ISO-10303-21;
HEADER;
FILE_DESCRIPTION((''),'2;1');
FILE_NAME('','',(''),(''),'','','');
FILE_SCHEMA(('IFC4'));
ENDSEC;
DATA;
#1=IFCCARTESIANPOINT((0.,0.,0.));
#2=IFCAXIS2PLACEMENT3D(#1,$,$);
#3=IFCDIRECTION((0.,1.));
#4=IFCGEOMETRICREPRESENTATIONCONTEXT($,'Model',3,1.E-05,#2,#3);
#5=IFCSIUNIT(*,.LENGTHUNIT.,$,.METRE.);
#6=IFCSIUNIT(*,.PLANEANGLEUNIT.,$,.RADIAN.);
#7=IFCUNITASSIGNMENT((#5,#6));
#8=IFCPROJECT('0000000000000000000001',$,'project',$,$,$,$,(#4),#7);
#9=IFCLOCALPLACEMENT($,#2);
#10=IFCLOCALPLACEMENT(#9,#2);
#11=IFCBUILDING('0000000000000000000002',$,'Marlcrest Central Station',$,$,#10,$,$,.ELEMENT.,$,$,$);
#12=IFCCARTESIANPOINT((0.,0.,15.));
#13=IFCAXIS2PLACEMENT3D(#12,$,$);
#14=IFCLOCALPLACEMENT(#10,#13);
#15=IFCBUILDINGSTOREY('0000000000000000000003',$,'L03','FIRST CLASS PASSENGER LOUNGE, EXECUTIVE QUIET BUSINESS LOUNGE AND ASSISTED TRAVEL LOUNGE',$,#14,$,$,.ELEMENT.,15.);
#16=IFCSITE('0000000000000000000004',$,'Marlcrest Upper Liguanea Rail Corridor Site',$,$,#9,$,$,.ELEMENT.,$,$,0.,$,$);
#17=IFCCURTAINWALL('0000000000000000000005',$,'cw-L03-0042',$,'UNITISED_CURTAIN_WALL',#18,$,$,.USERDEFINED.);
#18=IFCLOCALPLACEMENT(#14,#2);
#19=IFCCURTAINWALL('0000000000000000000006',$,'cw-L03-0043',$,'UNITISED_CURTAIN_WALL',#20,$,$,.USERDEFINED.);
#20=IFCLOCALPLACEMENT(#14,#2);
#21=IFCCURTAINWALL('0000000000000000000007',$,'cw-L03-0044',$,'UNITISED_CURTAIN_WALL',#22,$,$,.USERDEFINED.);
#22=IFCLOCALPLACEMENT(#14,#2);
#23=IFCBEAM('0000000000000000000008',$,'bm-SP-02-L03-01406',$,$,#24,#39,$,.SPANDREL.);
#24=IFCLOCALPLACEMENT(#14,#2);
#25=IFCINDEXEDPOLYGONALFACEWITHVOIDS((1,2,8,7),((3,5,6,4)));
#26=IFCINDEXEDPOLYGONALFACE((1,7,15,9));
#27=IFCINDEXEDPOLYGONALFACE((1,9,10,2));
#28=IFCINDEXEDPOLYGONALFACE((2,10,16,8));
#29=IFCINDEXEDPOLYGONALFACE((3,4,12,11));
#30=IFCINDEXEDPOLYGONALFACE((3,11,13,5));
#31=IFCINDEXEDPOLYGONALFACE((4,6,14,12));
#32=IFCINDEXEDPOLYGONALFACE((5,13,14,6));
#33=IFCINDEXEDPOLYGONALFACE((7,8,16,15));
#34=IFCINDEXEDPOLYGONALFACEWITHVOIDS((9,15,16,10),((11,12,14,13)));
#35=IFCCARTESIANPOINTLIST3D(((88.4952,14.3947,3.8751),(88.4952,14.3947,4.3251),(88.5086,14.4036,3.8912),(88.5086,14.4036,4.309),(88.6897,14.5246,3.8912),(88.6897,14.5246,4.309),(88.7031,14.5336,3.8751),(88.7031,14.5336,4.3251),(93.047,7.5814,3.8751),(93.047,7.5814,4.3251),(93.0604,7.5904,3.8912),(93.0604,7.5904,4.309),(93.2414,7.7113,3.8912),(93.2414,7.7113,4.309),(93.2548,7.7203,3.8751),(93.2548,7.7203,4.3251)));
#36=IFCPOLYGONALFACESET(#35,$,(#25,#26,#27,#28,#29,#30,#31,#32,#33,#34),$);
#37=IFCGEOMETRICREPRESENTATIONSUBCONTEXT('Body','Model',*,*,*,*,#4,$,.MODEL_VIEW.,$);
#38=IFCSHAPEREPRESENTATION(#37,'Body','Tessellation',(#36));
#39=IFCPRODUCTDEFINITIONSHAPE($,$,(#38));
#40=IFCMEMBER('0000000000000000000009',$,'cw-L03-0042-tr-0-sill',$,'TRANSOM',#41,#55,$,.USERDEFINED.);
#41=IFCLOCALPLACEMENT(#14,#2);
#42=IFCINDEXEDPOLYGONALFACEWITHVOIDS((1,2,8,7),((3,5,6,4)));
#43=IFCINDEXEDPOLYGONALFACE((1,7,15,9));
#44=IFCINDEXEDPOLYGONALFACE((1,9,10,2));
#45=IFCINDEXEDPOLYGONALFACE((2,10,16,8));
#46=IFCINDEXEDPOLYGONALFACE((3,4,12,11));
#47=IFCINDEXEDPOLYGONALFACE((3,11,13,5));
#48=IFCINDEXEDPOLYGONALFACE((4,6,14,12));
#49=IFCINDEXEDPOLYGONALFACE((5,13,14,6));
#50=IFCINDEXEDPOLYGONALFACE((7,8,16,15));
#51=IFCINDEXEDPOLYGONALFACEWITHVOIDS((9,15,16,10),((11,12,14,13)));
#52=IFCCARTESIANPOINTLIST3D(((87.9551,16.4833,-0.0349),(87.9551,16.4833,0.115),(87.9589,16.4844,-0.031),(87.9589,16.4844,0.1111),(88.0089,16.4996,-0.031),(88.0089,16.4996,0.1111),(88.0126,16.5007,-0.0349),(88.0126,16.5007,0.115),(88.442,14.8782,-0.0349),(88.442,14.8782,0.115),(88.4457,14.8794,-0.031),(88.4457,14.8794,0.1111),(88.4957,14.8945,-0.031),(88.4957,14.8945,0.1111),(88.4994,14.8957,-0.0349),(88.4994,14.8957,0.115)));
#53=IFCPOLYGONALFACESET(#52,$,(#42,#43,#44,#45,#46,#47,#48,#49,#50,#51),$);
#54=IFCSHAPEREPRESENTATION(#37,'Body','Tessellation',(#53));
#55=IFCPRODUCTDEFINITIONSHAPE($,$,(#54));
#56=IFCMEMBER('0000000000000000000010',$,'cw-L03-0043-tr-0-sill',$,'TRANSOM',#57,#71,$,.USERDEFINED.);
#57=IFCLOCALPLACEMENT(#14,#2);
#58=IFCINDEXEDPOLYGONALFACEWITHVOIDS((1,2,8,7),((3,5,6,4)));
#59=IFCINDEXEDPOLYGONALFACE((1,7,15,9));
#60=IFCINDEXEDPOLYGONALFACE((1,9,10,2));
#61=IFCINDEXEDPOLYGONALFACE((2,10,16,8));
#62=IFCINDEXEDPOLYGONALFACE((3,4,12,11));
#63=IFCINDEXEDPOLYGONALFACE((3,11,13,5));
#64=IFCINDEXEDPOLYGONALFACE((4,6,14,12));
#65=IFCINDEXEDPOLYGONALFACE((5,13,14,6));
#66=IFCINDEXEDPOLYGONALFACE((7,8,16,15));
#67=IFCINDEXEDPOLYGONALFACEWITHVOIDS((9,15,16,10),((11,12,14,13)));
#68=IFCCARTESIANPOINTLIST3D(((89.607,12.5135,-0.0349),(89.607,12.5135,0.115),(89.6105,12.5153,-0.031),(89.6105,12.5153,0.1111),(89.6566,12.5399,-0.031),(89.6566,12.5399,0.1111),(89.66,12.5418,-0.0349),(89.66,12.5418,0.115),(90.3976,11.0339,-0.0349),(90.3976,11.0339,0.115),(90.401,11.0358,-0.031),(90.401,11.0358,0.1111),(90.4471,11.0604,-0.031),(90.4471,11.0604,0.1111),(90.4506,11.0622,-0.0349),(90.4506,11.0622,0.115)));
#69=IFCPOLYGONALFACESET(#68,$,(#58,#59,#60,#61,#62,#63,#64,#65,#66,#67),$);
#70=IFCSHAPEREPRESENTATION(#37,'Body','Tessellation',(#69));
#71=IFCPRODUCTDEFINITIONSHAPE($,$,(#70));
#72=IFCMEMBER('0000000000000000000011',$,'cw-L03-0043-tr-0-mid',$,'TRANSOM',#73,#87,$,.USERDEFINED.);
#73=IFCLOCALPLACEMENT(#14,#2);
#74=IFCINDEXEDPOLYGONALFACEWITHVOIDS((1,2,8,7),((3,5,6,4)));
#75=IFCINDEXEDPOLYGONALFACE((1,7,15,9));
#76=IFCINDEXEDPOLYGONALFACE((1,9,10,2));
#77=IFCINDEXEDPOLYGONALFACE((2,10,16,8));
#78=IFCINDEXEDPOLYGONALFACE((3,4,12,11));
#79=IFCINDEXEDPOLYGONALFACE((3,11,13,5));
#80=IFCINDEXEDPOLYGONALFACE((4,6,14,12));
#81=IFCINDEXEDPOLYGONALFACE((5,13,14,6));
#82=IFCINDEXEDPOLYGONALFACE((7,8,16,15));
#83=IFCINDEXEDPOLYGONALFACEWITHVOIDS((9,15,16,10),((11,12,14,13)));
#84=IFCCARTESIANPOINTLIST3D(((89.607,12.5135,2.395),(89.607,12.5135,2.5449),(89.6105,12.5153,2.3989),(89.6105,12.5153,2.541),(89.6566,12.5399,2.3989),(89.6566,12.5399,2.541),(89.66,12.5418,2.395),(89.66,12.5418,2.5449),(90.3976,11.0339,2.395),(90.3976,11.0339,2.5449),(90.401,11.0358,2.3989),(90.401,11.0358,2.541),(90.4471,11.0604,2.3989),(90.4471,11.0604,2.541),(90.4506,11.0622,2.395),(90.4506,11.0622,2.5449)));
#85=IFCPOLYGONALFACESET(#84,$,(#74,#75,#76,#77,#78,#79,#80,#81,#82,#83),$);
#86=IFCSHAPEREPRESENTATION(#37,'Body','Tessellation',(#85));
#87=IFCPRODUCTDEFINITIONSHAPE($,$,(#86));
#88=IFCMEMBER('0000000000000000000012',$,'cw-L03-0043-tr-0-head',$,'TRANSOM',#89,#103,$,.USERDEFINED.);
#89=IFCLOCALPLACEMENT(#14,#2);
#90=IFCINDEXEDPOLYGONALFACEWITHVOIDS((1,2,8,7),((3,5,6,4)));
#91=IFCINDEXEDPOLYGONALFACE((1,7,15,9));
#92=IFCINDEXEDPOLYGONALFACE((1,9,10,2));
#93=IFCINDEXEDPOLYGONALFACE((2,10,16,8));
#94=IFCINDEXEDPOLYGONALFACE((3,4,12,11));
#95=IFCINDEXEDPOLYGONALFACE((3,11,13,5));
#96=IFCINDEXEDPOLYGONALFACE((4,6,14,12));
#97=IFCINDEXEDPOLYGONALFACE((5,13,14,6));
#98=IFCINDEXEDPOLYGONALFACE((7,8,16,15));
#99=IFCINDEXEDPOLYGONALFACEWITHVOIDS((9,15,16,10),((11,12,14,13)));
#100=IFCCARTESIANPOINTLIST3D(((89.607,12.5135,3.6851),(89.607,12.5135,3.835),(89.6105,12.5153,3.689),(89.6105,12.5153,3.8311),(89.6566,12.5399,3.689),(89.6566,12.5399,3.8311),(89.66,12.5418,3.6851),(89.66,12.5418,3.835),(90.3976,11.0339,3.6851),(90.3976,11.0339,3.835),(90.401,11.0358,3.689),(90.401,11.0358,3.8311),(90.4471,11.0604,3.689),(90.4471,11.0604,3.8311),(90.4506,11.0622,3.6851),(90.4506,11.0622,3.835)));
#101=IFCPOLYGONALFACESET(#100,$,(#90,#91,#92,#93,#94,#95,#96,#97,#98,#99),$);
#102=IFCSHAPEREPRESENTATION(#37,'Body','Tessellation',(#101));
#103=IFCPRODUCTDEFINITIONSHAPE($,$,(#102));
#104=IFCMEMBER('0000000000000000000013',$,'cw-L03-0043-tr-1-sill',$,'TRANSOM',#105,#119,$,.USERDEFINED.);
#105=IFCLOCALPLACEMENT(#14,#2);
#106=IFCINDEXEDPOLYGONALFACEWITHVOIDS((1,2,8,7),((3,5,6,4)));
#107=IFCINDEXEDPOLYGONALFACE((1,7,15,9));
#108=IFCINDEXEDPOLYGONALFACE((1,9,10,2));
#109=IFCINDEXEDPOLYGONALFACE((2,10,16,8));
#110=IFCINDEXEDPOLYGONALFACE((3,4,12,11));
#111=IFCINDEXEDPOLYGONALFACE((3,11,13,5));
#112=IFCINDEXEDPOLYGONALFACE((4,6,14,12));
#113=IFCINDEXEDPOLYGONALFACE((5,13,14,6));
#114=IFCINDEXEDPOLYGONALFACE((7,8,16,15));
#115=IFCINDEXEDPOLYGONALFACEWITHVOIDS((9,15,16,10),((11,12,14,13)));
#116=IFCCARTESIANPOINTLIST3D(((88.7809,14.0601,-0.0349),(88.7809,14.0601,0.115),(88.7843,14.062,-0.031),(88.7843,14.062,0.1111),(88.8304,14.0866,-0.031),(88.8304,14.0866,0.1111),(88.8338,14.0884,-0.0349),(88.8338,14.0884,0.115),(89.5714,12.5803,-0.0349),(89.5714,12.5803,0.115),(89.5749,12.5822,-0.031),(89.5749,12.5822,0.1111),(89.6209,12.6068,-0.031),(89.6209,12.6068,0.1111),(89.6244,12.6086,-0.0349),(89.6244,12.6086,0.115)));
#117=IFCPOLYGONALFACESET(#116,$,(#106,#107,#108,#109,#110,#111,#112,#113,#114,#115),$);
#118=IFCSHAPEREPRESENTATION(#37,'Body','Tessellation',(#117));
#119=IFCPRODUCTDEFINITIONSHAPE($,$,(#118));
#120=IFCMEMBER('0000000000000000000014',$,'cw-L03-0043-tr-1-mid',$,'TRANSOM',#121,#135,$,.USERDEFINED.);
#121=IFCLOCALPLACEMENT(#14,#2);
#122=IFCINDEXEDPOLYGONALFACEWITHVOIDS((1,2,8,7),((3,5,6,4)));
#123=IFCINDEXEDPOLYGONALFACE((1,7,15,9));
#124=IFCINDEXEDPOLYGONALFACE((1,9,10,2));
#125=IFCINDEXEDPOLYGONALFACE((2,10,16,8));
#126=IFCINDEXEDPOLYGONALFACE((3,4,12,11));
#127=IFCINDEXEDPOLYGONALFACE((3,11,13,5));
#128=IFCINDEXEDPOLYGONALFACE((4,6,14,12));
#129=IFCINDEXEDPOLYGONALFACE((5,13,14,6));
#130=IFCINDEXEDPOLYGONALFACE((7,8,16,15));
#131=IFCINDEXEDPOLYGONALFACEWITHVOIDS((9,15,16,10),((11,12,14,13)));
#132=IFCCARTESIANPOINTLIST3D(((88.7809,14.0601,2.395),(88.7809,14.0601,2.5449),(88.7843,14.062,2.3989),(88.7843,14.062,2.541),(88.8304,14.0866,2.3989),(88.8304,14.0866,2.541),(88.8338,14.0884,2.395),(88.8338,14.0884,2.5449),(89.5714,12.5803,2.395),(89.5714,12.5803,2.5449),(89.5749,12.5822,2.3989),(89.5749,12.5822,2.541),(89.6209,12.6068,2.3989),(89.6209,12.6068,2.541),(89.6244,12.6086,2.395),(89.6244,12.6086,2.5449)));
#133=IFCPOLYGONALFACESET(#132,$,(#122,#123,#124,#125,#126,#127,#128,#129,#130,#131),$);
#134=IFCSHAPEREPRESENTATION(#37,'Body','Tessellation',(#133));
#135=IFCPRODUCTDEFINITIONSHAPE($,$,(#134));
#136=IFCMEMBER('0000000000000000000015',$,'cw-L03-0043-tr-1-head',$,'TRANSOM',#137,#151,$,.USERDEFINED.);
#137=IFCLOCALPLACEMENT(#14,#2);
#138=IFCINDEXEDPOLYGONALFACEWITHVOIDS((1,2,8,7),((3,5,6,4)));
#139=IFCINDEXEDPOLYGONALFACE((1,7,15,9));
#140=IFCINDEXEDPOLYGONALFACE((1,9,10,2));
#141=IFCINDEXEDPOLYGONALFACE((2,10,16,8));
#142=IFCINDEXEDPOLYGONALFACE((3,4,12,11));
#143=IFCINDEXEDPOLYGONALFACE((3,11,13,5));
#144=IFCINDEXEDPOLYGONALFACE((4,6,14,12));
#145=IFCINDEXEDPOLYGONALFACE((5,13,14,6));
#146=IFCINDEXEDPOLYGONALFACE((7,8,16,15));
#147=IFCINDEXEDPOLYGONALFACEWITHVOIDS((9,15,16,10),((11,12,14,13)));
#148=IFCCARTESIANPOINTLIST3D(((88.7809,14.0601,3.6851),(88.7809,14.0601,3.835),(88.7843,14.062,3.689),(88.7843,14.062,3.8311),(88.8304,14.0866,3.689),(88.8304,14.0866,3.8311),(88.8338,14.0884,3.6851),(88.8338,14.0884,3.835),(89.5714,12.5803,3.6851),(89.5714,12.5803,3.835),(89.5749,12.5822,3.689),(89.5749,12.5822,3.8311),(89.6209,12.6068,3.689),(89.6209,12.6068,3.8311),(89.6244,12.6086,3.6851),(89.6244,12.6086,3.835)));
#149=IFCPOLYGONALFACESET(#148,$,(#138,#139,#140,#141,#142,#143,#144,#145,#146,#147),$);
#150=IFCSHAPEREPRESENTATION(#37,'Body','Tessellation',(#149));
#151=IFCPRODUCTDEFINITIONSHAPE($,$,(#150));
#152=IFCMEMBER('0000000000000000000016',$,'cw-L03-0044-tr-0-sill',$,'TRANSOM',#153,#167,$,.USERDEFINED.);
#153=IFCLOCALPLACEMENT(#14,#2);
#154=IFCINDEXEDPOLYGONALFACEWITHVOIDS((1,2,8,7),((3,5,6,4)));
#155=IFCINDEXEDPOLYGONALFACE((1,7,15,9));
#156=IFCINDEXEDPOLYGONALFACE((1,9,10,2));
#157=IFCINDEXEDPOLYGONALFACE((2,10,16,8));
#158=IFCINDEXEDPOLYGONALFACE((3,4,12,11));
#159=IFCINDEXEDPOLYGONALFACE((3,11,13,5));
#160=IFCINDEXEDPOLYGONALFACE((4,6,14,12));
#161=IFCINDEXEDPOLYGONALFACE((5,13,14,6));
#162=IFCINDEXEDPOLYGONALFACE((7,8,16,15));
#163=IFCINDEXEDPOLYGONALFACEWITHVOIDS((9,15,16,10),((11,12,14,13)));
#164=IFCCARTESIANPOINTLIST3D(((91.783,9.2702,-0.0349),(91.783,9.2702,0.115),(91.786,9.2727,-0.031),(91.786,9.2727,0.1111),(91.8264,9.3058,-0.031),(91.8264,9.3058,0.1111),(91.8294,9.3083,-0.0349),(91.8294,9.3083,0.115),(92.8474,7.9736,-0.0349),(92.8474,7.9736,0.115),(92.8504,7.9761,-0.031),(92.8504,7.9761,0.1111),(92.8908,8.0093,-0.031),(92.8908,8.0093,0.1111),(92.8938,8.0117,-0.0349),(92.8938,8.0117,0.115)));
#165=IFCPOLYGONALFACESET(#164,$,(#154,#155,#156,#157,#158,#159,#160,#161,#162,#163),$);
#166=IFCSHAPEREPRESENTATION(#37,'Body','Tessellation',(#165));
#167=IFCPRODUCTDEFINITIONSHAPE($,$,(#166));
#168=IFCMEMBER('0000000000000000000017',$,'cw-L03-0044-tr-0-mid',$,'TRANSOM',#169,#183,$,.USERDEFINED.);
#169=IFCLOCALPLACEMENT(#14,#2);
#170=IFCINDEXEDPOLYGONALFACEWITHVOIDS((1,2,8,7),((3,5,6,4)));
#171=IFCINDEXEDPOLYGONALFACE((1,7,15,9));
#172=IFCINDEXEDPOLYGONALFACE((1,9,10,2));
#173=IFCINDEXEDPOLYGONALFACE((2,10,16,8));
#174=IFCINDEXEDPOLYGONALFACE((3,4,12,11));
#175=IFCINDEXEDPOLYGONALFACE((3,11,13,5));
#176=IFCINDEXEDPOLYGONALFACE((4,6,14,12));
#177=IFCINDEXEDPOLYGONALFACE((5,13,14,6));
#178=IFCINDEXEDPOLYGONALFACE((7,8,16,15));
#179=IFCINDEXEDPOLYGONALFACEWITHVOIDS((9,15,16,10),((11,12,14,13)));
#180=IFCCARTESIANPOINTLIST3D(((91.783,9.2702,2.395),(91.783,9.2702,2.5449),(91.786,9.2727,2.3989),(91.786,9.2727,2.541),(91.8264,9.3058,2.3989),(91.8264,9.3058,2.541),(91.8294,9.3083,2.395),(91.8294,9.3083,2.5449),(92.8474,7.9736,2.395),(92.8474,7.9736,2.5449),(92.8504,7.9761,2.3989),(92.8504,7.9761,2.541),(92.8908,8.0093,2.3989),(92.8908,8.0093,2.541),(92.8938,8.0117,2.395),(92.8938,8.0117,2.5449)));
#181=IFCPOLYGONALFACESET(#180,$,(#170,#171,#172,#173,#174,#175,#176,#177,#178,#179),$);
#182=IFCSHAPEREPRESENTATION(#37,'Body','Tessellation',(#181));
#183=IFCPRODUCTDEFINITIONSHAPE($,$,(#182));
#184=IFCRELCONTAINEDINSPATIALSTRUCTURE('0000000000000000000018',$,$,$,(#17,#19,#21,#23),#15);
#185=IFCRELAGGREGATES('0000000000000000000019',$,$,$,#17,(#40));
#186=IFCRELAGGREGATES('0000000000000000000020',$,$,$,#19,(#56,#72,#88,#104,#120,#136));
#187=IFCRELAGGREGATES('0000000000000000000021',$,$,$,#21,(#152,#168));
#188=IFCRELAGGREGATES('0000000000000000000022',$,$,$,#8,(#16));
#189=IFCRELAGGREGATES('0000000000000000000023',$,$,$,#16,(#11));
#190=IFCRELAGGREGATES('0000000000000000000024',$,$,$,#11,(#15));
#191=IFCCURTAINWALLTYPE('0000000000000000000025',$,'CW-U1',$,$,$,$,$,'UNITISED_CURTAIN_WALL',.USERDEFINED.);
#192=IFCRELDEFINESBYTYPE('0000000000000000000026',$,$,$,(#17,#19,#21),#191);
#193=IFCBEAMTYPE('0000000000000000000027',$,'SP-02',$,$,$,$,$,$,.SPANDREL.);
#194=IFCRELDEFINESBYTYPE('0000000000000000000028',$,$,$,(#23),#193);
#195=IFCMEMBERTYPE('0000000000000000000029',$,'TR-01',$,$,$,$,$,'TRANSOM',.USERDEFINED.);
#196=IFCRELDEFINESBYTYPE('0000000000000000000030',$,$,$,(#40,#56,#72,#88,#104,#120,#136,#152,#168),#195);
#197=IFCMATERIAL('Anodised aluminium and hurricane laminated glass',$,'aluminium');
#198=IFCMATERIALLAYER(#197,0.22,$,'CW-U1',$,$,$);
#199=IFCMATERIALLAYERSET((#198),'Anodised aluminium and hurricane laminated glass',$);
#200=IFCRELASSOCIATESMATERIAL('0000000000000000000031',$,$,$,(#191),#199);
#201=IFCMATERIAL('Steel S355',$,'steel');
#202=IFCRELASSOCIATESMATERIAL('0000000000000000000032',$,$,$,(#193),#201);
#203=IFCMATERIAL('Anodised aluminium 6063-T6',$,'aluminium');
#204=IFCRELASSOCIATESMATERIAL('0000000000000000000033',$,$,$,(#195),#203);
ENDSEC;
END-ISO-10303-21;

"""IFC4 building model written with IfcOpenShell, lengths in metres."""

from ifc_helpers import new_model, si_unit, direction, frame, origin, origin_2d, place, context, subcontext, project, spatial, hollow_rectangle, extrude, material, layer, layer_set, material_profile, profile_set, type_object, element, aggregate, save


model = new_model("IFC4")

# Units and contexts
model_context = context("Model", 3, precision=1e-05, world=origin(), true_north=direction((0.0, 1.0)))
body_context = subcontext(model_context, "Body", "Model", "MODEL_VIEW")
ifc_project = project(units=[si_unit("LENGTHUNIT", "METRE"), si_unit("PLANEANGLEUNIT", "RADIAN")], contexts=[model_context])

# Site, building, storey
site_placement = place(None, origin())
site = spatial("IfcSite", under=ifc_project, at=site_placement, Name="Marlcrest Upper Liguanea Rail Corridor Site", CompositionType="ELEMENT", RefElevation=0.0)
building_placement = place(site_placement, origin())
building = spatial("IfcBuilding", under=site, at=building_placement, Name="Marlcrest Central Station", CompositionType="ELEMENT")
storey_placement = place(building_placement, frame((0.0, 0.0, 15.0)))
storey = spatial("IfcBuildingStorey", under=building, at=storey_placement, Name="L03", Description="FIRST CLASS PASSENGER LOUNGE, EXECUTIVE QUIET BUSINESS LOUNGE AND ASSISTED TRAVEL LOUNGE", CompositionType="ELEMENT", Elevation=15.0)

# Shared definitions
ifc_material_1 = material(Name="Steel S355", Category="steel")

# Curtain wall
ifc_material_2 = material(Name="Anodised aluminium and hurricane laminated glass", Category="aluminium")
ifc_layer_1 = layer(ifc_material_2, 0.22, Name="CW-U1")
ifc_layer_set_1 = layer_set([ifc_layer_1], Name="Anodised aluminium and hurricane laminated glass")
curtain_wall_type = type_object("IfcCurtainWallType", Name="CW-U1", ElementType="UNITISED_CURTAIN_WALL", PredefinedType="USERDEFINED", material=ifc_layer_set_1)
curtain_wall_1_placement = place(storey_placement, origin())
curtain_wall_1 = element("IfcCurtainWall", 1, at=curtain_wall_1_placement, inside=storey, type_object=curtain_wall_type, Name="cw-L03-0042", ObjectType="UNITISED_CURTAIN_WALL", PredefinedType="USERDEFINED")
ifc_material_3 = material(Name="Anodised aluminium 6063-T6", Category="aluminium")

# Curtain walls
curtain_wall_2_placement = place(storey_placement, origin())
curtain_wall_2 = element("IfcCurtainWall", 2, at=curtain_wall_2_placement, inside=storey, type_object=curtain_wall_type, Name="cw-L03-0043", ObjectType="UNITISED_CURTAIN_WALL", PredefinedType="USERDEFINED")
curtain_wall_3_placement = place(storey_placement, origin())
curtain_wall_3 = element("IfcCurtainWall", 3, at=curtain_wall_3_placement, inside=storey, type_object=curtain_wall_type, Name="cw-L03-0044", ObjectType="UNITISED_CURTAIN_WALL", PredefinedType="USERDEFINED")

# Beam
ifc_material_profile_1 = material_profile(ifc_material_1, hollow_rectangle(XDim=0.25, YDim=0.45, WallThickness=0.0161, at=origin_2d()), Name="RHS 450x250x16")
ifc_profile_set_1 = profile_set([ifc_material_profile_1], Name="Steel S355")
beam_type = type_object("IfcBeamType", Name="SP-02", PredefinedType="SPANDREL", material=ifc_profile_set_1)
beam_placement = place(storey_placement, frame((88.5991, 14.4641, 4.1001), z_axis=(0.555511, -0.831509, 0.0), x_axis=(0.831509, 0.555511, 0.0)))
element("IfcBeam", 4, at=beam_placement, inside=storey, type_object=beam_type, Name="bm-SP-02-L03-01406", PredefinedType="SPANDREL", context=body_context, shape_type="SweptSolid", body=[
    extrude(hollow_rectangle(XDim=0.25, YDim=0.45, WallThickness=0.0161, at=origin_2d()), origin(), (0.0, 0.0, 1.0), 8.1938),
])

# Members
ifc_material_profile_2 = material_profile(ifc_material_3, hollow_rectangle(XDim=0.0601, YDim=0.1499, WallThickness=0.0039, at=origin_2d()), Name="AA-RHS 150x60x4")
ifc_profile_set_2 = profile_set([ifc_material_profile_2], Name="Anodised aluminium 6063-T6")
member_type_1 = type_object("IfcMemberType", Name="TR-01", ElementType="TRANSOM", PredefinedType="USERDEFINED", material=ifc_profile_set_2)
member_1_placement = place(storey_placement, frame((88.4707, 14.887, 0.04), z_axis=(-0.290258, 0.956948, 0.0), x_axis=(-0.956948, -0.290258, 0.0)))
member_1 = element("IfcMember", 5, at=member_1_placement, type_object=member_type_1, Name="cw-L03-0042-tr-0-sill", ObjectType="TRANSOM", PredefinedType="USERDEFINED", context=body_context, shape_type="SweptSolid", body=[
    extrude(hollow_rectangle(XDim=0.0601, YDim=0.1499, WallThickness=0.0039, at=origin_2d()), origin(), (0.0, 0.0, 1.0), 1.6772),
])
aggregate(curtain_wall_1, [member_1])
member_2_placement = place(storey_placement, frame((90.4241, 11.0481, 0.04), z_axis=(-0.471268, 0.88199, 0.0), x_axis=(-0.88199, -0.471268, 0.0)))
member_2 = element("IfcMember", 6, at=member_2_placement, type_object=member_type_1, Name="cw-L03-0043-tr-0-sill", ObjectType="TRANSOM", PredefinedType="USERDEFINED", context=body_context, shape_type="SweptSolid", body=[
    extrude(hollow_rectangle(XDim=0.0601, YDim=0.1499, WallThickness=0.0039, at=origin_2d()), origin(), (0.0, 0.0, 1.0), 1.6775),
])
member_3_placement = place(storey_placement, frame((90.4241, 11.0481, 2.47), z_axis=(-0.471268, 0.88199, 0.0), x_axis=(-0.88199, -0.471268, 0.0)))
member_3 = element("IfcMember", 7, at=member_3_placement, type_object=member_type_1, Name="cw-L03-0043-tr-0-mid", ObjectType="TRANSOM", PredefinedType="USERDEFINED", context=body_context, shape_type="SweptSolid", body=[
    extrude(hollow_rectangle(XDim=0.0601, YDim=0.1499, WallThickness=0.0039, at=origin_2d()), origin(), (0.0, 0.0, 1.0), 1.6775),
])
member_4_placement = place(storey_placement, frame((90.4241, 11.0481, 3.76), z_axis=(-0.471268, 0.88199, 0.0), x_axis=(-0.88199, -0.471268, 0.0)))
member_4 = element("IfcMember", 8, at=member_4_placement, type_object=member_type_1, Name="cw-L03-0043-tr-0-head", ObjectType="TRANSOM", PredefinedType="USERDEFINED", context=body_context, shape_type="SweptSolid", body=[
    extrude(hollow_rectangle(XDim=0.0601, YDim=0.1499, WallThickness=0.0039, at=origin_2d()), origin(), (0.0, 0.0, 1.0), 1.6775),
])
member_5_placement = place(storey_placement, frame((89.5979, 12.5945, 0.04), z_axis=(-0.471207, 0.882022, 0.0), x_axis=(-0.882022, -0.471207, 0.0)))
member_5 = element("IfcMember", 9, at=member_5_placement, type_object=member_type_1, Name="cw-L03-0043-tr-1-sill", ObjectType="TRANSOM", PredefinedType="USERDEFINED", context=body_context, shape_type="SweptSolid", body=[
    extrude(hollow_rectangle(XDim=0.0601, YDim=0.1499, WallThickness=0.0039, at=origin_2d()), origin(), (0.0, 0.0, 1.0), 1.6777),
])
member_6_placement = place(storey_placement, frame((89.5979, 12.5945, 2.47), z_axis=(-0.471207, 0.882022, 0.0), x_axis=(-0.882022, -0.471207, 0.0)))
member_6 = element("IfcMember", 10, at=member_6_placement, type_object=member_type_1, Name="cw-L03-0043-tr-1-mid", ObjectType="TRANSOM", PredefinedType="USERDEFINED", context=body_context, shape_type="SweptSolid", body=[
    extrude(hollow_rectangle(XDim=0.0601, YDim=0.1499, WallThickness=0.0039, at=origin_2d()), origin(), (0.0, 0.0, 1.0), 1.6777),
])
member_7_placement = place(storey_placement, frame((89.5979, 12.5945, 3.76), z_axis=(-0.471207, 0.882022, 0.0), x_axis=(-0.882022, -0.471207, 0.0)))
member_7 = element("IfcMember", 11, at=member_7_placement, type_object=member_type_1, Name="cw-L03-0043-tr-1-head", ObjectType="TRANSOM", PredefinedType="USERDEFINED", context=body_context, shape_type="SweptSolid", body=[
    extrude(hollow_rectangle(XDim=0.0601, YDim=0.1499, WallThickness=0.0039, at=origin_2d()), origin(), (0.0, 0.0, 1.0), 1.6777),
])
member_8_placement = place(storey_placement, frame((92.8706, 7.9927, 0.04), z_axis=(-0.634513, 0.772912, 0.0), x_axis=(-0.772912, -0.634513, 0.0)))
member_8 = element("IfcMember", 12, at=member_8_placement, type_object=member_type_1, Name="cw-L03-0044-tr-0-sill", ObjectType="TRANSOM", PredefinedType="USERDEFINED", context=body_context, shape_type="SweptSolid", body=[
    extrude(hollow_rectangle(XDim=0.0601, YDim=0.1499, WallThickness=0.0039, at=origin_2d()), origin(), (0.0, 0.0, 1.0), 1.6775),
])
member_9_placement = place(storey_placement, frame((92.8706, 7.9927, 2.47), z_axis=(-0.634513, 0.772912, 0.0), x_axis=(-0.772912, -0.634513, 0.0)))
member_9 = element("IfcMember", 13, at=member_9_placement, type_object=member_type_1, Name="cw-L03-0044-tr-0-mid", ObjectType="TRANSOM", PredefinedType="USERDEFINED", context=body_context, shape_type="SweptSolid", body=[
    extrude(hollow_rectangle(XDim=0.0601, YDim=0.1499, WallThickness=0.0039, at=origin_2d()), origin(), (0.0, 0.0, 1.0), 1.6775),
])

aggregate(curtain_wall_2, [member_2, member_3, member_4, member_5, member_6, member_7])
aggregate(curtain_wall_3, [member_8, member_9])

save(model, "model.ifc")
